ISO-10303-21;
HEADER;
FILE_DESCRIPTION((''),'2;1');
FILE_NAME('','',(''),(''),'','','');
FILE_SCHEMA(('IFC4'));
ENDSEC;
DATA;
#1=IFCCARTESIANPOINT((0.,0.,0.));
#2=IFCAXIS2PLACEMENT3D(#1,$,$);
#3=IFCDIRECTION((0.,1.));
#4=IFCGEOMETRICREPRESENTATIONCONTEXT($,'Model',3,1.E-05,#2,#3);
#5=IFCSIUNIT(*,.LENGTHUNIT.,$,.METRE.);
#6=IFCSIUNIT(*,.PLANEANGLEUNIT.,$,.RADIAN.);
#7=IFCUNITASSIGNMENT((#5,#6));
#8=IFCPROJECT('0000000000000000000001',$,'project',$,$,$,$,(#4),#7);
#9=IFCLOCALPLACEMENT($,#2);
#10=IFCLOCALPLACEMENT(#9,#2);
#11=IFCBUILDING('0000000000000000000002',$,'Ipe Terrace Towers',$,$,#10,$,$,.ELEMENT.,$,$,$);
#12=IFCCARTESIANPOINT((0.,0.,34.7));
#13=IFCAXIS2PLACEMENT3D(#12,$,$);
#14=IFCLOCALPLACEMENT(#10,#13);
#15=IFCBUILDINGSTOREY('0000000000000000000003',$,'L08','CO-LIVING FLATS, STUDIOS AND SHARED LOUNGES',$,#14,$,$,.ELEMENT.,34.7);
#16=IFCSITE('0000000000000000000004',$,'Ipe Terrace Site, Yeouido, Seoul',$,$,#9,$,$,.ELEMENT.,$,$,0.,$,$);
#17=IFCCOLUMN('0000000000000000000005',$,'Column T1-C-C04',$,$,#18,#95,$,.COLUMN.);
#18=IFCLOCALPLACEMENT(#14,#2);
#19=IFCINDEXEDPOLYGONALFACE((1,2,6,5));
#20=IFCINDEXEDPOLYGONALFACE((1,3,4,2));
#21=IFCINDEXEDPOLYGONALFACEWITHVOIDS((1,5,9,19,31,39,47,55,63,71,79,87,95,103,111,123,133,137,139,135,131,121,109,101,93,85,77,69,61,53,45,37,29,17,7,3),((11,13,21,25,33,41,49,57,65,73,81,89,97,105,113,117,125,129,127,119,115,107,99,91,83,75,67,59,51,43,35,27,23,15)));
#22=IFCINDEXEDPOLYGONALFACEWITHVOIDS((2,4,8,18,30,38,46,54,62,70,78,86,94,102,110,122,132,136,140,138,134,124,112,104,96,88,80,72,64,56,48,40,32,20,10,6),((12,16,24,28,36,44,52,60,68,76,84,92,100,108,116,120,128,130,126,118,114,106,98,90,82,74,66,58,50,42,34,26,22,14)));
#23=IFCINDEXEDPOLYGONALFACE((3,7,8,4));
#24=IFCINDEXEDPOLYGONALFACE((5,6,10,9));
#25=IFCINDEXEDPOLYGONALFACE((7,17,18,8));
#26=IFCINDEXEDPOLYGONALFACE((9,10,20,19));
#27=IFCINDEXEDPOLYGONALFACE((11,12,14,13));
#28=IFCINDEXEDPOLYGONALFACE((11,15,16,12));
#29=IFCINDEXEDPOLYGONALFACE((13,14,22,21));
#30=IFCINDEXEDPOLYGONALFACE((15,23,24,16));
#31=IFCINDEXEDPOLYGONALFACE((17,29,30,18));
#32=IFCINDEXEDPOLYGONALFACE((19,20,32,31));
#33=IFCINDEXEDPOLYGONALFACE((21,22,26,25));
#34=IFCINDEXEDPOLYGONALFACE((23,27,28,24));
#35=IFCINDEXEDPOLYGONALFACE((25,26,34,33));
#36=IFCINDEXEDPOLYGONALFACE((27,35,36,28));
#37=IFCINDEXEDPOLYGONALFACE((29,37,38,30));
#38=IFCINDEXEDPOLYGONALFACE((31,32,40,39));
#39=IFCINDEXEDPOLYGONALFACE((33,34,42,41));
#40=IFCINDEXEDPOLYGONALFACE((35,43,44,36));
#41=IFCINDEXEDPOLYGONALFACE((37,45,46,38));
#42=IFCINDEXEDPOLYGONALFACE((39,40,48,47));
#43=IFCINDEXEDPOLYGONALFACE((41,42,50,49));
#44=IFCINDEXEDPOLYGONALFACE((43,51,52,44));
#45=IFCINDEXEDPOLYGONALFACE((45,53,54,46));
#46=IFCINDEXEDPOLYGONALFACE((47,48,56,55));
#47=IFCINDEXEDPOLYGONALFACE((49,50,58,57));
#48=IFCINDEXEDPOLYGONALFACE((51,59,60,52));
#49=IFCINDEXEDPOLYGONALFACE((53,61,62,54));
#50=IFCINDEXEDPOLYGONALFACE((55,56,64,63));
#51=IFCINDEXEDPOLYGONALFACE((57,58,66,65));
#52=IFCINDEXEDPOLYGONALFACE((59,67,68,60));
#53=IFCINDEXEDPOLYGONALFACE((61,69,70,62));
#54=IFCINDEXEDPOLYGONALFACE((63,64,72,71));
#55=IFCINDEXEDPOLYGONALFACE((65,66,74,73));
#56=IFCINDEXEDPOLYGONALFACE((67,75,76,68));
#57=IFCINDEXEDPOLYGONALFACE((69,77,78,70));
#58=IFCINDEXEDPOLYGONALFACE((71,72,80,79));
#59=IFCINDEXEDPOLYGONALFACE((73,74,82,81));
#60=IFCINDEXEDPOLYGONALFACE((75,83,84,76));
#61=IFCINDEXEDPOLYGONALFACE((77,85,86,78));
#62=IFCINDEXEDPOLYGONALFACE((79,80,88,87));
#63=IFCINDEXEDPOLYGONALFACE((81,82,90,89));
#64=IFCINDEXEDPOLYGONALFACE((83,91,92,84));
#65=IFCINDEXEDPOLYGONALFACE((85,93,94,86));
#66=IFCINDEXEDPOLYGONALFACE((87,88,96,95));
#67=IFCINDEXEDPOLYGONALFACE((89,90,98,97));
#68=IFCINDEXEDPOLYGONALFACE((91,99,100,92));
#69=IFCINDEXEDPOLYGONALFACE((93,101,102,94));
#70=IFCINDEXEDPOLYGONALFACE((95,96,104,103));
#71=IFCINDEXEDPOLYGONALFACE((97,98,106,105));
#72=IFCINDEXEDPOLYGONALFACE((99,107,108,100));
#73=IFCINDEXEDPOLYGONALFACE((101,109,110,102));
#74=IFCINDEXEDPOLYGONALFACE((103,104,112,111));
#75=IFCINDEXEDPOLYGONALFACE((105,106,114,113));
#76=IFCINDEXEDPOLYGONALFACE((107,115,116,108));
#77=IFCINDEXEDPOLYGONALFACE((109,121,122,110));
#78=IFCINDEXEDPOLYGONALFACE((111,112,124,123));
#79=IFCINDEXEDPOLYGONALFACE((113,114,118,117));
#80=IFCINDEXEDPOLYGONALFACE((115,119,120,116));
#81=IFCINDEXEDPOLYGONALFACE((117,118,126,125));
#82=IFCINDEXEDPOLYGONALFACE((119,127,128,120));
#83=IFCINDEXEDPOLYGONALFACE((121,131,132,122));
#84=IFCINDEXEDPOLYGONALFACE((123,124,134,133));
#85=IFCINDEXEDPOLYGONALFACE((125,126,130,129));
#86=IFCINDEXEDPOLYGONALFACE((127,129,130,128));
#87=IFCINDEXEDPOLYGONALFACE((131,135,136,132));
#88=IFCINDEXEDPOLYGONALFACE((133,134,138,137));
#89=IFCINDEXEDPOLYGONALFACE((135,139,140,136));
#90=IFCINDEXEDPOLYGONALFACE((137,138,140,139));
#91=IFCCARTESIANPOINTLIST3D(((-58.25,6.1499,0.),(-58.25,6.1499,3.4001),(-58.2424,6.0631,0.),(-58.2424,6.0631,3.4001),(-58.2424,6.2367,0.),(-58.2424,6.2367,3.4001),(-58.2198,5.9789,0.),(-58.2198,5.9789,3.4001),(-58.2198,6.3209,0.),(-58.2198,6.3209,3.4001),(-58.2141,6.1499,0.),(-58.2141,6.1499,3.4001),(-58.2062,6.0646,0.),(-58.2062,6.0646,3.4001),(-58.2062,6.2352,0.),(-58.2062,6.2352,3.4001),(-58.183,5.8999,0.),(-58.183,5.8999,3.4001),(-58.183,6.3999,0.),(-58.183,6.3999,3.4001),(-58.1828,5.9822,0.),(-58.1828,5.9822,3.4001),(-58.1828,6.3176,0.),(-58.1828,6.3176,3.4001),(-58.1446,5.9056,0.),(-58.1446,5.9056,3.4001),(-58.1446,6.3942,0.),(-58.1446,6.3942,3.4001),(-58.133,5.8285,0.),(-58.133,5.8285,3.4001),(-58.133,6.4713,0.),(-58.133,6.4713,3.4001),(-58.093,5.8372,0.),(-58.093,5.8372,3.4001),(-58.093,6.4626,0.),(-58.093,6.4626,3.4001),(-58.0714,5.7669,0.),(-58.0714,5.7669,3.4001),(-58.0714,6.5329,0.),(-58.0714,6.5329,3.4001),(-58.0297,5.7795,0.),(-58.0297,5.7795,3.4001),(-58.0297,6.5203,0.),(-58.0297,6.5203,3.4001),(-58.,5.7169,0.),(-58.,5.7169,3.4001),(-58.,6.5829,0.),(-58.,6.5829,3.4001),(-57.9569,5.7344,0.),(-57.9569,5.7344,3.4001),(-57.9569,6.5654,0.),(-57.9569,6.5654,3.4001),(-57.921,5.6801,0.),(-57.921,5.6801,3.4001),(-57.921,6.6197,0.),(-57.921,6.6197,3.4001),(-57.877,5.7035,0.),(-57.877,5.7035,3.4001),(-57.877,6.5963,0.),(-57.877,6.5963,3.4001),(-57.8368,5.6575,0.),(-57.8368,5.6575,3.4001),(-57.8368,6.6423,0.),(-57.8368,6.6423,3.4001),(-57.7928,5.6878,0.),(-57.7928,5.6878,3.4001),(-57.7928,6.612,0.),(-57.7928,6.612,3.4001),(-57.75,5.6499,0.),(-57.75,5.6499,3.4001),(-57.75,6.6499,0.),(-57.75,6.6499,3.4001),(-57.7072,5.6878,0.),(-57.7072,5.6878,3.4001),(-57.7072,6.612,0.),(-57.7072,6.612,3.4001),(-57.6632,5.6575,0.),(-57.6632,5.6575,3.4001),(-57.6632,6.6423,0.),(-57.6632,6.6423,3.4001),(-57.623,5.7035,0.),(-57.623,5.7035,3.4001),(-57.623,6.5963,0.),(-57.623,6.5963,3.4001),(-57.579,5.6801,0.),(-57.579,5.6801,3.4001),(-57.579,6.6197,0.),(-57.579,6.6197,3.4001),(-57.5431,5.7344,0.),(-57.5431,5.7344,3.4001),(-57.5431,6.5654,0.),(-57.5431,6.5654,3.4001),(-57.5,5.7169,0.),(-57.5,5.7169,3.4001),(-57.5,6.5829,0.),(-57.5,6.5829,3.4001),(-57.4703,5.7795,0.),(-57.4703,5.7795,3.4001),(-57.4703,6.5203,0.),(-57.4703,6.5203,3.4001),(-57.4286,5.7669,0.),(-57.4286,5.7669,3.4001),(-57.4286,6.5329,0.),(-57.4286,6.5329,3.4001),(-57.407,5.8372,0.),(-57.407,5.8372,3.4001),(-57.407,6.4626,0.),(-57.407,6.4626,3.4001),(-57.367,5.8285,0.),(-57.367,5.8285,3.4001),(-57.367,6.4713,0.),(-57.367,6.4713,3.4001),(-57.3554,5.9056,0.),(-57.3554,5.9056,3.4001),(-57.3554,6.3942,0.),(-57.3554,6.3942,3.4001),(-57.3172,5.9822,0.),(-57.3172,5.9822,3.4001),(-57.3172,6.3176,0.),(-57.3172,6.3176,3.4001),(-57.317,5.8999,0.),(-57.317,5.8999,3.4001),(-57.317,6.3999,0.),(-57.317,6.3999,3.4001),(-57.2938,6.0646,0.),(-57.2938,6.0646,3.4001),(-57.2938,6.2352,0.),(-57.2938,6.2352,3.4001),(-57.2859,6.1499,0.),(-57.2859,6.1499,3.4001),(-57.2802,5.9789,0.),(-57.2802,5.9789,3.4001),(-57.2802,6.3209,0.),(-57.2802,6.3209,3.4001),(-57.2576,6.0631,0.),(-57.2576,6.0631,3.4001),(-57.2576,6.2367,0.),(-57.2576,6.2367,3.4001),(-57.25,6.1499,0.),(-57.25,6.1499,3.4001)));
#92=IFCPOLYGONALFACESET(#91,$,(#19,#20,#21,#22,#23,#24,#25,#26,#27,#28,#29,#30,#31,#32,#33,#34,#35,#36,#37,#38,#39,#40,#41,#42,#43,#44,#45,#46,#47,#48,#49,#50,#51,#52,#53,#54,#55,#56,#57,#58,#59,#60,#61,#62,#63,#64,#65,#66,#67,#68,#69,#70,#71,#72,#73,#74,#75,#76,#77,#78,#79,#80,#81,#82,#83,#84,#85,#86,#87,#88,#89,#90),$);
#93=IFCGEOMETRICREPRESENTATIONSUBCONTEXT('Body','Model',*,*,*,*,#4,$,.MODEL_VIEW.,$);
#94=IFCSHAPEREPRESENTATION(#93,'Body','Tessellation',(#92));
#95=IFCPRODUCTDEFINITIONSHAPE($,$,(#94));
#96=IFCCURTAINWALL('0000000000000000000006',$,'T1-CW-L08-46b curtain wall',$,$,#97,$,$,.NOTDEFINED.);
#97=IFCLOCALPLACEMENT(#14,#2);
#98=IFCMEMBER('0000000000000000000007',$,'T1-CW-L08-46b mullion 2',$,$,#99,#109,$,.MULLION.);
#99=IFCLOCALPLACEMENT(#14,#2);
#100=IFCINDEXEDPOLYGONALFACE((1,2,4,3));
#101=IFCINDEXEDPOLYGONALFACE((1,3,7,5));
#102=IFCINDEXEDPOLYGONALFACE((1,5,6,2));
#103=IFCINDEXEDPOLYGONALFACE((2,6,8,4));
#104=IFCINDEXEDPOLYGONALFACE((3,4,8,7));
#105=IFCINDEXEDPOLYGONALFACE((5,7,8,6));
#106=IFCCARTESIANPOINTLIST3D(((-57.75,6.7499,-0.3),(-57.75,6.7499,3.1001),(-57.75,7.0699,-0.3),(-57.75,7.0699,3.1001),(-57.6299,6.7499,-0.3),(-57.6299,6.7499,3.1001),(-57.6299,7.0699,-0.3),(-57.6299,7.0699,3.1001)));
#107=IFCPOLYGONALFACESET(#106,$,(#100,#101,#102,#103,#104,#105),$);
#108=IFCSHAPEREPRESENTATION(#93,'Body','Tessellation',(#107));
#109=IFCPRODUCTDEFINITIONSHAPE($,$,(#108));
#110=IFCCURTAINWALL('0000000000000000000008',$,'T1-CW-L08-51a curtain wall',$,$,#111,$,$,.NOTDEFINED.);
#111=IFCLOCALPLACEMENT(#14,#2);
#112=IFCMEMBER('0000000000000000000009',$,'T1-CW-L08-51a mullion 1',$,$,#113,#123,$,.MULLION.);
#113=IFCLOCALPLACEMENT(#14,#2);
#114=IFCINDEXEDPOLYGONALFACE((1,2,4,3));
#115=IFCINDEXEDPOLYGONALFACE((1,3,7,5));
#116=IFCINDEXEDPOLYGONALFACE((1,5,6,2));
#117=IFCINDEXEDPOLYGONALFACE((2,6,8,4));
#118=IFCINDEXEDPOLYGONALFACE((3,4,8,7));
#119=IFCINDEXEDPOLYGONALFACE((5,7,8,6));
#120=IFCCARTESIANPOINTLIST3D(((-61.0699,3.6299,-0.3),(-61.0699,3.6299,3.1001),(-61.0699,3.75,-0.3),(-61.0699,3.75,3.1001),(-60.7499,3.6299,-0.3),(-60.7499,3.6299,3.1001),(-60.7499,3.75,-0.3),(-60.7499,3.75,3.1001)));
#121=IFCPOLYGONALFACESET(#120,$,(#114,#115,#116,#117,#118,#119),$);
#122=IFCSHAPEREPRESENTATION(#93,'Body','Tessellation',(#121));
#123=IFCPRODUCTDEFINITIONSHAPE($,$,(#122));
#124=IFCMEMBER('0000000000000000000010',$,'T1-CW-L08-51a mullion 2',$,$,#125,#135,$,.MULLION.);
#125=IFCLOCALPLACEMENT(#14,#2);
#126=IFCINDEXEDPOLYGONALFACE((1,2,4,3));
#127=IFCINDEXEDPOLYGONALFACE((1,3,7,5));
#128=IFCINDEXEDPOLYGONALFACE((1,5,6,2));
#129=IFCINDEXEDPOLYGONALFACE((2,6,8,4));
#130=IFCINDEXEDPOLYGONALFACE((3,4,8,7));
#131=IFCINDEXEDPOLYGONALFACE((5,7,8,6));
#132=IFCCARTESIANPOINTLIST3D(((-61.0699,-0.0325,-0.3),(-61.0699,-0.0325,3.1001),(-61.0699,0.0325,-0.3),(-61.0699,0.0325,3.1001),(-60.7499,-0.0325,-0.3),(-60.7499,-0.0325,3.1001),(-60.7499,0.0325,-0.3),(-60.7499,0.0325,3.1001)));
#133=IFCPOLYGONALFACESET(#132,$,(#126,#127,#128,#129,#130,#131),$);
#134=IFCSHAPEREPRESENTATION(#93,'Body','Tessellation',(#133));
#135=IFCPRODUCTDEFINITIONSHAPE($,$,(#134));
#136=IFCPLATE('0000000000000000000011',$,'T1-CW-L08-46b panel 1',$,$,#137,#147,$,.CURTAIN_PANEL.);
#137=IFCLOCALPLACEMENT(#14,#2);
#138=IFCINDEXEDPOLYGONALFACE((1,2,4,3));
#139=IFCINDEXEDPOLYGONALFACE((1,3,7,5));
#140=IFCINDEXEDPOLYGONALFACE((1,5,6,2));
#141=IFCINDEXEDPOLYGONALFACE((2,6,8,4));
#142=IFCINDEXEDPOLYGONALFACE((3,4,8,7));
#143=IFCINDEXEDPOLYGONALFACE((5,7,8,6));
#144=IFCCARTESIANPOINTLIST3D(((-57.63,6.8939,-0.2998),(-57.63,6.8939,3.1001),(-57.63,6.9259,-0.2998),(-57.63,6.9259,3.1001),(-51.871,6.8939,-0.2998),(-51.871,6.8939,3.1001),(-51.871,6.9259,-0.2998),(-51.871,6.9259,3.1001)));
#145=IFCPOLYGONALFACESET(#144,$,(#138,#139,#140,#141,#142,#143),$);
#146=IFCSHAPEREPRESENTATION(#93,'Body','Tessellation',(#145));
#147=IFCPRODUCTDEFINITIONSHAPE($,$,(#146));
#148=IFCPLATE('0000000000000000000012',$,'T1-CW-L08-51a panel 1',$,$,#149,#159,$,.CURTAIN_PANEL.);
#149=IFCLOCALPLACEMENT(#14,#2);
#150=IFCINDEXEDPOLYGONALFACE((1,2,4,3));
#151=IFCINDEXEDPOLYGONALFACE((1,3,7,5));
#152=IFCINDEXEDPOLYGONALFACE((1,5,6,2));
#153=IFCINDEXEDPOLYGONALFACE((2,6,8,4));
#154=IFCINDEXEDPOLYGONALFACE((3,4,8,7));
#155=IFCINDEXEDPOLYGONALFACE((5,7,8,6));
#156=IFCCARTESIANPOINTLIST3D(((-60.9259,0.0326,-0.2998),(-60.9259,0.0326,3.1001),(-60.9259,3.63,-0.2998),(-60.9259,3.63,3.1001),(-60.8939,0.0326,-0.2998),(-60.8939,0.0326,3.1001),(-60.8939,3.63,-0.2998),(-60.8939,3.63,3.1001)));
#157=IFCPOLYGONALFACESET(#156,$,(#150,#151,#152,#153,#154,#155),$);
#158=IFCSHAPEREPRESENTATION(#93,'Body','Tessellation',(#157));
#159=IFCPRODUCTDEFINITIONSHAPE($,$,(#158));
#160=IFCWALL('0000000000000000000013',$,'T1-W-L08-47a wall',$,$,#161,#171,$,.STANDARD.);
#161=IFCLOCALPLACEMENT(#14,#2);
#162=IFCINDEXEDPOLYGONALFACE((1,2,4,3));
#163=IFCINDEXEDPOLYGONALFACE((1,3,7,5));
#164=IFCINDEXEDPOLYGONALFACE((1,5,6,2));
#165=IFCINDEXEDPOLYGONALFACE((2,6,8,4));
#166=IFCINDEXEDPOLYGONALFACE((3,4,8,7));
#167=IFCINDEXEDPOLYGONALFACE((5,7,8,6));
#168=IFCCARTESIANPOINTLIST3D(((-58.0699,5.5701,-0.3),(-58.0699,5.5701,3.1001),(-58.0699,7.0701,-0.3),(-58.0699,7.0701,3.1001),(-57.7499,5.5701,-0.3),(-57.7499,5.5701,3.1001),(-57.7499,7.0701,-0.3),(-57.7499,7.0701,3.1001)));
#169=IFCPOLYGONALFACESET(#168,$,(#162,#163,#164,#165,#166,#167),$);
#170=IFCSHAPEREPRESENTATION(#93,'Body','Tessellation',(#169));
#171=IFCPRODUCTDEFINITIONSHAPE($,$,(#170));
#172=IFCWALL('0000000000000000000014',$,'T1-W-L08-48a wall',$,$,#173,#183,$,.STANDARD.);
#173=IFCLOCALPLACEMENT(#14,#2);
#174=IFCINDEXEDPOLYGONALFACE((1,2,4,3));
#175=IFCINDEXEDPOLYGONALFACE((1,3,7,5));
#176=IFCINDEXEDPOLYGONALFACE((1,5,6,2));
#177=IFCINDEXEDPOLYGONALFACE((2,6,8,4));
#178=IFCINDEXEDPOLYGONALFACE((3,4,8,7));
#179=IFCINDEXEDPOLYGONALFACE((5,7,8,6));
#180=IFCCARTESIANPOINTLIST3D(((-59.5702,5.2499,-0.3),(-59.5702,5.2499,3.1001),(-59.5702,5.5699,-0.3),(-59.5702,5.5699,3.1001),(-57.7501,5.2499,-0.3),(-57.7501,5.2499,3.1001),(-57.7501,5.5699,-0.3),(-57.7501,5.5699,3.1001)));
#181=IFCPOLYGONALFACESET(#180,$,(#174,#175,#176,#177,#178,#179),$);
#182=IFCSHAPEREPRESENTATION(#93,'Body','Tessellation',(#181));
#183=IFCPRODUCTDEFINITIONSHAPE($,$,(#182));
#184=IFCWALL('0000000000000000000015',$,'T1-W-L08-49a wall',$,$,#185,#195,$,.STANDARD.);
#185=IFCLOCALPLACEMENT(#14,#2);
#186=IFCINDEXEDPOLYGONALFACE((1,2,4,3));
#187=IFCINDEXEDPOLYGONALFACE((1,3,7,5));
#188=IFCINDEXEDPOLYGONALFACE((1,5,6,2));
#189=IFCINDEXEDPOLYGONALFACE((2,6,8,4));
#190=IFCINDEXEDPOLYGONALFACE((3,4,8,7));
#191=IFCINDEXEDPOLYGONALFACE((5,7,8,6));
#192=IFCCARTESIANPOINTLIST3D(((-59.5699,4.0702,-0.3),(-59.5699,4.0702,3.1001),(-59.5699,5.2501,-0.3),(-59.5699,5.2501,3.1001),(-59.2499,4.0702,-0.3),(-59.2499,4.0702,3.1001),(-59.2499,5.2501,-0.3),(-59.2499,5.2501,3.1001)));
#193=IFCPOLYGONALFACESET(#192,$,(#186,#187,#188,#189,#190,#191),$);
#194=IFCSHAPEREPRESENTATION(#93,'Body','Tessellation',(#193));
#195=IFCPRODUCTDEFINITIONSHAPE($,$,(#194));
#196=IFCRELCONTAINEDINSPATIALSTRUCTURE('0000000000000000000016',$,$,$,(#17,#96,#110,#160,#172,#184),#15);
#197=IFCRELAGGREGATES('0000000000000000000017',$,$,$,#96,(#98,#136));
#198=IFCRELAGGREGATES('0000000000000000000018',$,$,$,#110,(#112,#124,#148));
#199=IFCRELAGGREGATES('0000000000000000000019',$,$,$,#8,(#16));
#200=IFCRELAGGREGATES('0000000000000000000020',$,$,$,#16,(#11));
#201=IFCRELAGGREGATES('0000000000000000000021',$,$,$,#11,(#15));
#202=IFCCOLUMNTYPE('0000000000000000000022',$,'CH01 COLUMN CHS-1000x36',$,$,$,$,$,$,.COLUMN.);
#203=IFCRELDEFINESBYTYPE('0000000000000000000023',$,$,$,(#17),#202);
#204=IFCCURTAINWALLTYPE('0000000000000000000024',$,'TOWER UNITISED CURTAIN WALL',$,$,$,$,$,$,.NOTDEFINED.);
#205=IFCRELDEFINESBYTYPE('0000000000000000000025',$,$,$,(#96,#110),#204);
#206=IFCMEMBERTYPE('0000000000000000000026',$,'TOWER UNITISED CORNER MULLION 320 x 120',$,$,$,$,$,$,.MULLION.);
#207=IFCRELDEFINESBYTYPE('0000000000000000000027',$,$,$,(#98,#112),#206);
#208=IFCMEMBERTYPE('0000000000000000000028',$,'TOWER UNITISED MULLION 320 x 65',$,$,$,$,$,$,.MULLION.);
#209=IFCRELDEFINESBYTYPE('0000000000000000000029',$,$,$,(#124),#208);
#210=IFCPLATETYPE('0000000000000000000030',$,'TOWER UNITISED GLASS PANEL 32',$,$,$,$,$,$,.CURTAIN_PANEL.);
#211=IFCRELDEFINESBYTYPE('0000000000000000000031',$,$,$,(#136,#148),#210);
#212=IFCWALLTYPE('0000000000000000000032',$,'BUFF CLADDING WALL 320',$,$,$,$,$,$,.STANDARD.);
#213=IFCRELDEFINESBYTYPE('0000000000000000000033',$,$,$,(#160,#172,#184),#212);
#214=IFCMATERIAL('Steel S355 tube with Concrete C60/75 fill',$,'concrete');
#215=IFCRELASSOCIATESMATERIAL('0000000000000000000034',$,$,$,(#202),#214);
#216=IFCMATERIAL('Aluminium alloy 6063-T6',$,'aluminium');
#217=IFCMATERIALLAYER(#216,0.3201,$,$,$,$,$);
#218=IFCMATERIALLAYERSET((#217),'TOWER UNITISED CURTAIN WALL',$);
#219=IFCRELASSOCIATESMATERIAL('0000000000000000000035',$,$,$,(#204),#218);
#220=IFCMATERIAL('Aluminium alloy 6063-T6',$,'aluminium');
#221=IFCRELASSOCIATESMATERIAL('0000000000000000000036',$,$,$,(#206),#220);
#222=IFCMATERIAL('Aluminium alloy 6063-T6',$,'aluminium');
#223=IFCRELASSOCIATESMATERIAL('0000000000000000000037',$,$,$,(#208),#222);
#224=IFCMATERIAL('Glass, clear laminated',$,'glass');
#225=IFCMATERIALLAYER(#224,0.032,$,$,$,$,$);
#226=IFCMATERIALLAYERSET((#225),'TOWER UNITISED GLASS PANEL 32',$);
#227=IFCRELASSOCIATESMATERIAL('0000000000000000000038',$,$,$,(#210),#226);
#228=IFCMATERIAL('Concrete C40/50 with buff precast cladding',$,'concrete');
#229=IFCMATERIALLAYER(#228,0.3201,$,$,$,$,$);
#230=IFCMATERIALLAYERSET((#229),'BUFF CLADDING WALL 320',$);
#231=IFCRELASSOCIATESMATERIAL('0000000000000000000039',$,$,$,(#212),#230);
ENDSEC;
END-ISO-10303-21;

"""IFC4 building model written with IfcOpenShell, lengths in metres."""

from ifc_helpers import new_model, si_unit, direction, frame, frame_2d, origin, origin_2d, place, context, subcontext, project, spatial, rectangle, hollow_circle, extrude, material, layer, layer_set, material_profile, profile_set, type_object, element, aggregate, save


model = new_model("IFC4")

# Units and contexts
model_context = context("Model", 3, precision=1e-05, world=origin(), true_north=direction((0.0, 1.0)))
body_context = subcontext(model_context, "Body", "Model", "MODEL_VIEW")
ifc_project = project(units=[si_unit("LENGTHUNIT", "METRE"), si_unit("PLANEANGLEUNIT", "RADIAN")], contexts=[model_context])

# Site, building, storey
site_placement = place(None, origin())
site = spatial("IfcSite", under=ifc_project, at=site_placement, Name="Ipe Terrace Site, Yeouido, Seoul", CompositionType="ELEMENT", RefElevation=0.0)
building_placement = place(site_placement, origin())
building = spatial("IfcBuilding", under=site, at=building_placement, Name="Ipe Terrace Towers", CompositionType="ELEMENT")
storey_placement = place(building_placement, frame((0.0, 0.0, 34.7)))
storey = spatial("IfcBuildingStorey", under=building, at=storey_placement, Name="L08", Description="CO-LIVING FLATS, STUDIOS AND SHARED LOUNGES", CompositionType="ELEMENT", Elevation=34.7)

# Column
ifc_material_1 = material(Name="Steel S355 tube with Concrete C60/75 fill", Category="concrete")
ifc_material_profile_1 = material_profile(ifc_material_1, hollow_circle(Radius=0.5, WallThickness=0.0359, at=origin_2d()), Name="CHS-1000x36")
ifc_profile_set_1 = profile_set([ifc_material_profile_1], Name="Steel S355 tube with Concrete C60/75 fill")
column_type = type_object("IfcColumnType", Name="CH01 COLUMN CHS-1000x36", PredefinedType="COLUMN", material=ifc_profile_set_1)
column_placement = place(storey_placement, frame((-57.75, 6.1499, 0.0), z_axis=(0.0, 0.0, 1.0), x_axis=(1.0, 0.0, 0.0)))
element("IfcColumn", 1, at=column_placement, inside=storey, type_object=column_type, Name="Column T1-C-C04", PredefinedType="COLUMN", context=body_context, shape_type="SweptSolid", body=[
    extrude(hollow_circle(Radius=0.5, WallThickness=0.0359, at=origin_2d()), origin(), (0.0, 0.0, 1.0), 3.4001),
])

# Curtain wall, member
ifc_material_2 = material(Name="Aluminium alloy 6063-T6", Category="aluminium")
ifc_layer_1 = layer(ifc_material_2, 0.3201)
ifc_layer_set_1 = layer_set([ifc_layer_1], Name="TOWER UNITISED CURTAIN WALL")
curtain_wall_type = type_object("IfcCurtainWallType", Name="TOWER UNITISED CURTAIN WALL", PredefinedType="NOTDEFINED", material=ifc_layer_set_1)
curtain_wall_1_placement = place(storey_placement, origin())
curtain_wall_1 = element("IfcCurtainWall", 2, at=curtain_wall_1_placement, inside=storey, type_object=curtain_wall_type, Name="T1-CW-L08-46b curtain wall", PredefinedType="NOTDEFINED")
ifc_material_3 = material(Name="Aluminium alloy 6063-T6", Category="aluminium")
ifc_material_profile_2 = material_profile(ifc_material_3, rectangle(XDim=0.3201, YDim=0.1201, at=origin_2d()), Name="TOWER UNITISED CORNER MULLION 320 x 120")
ifc_profile_set_2 = profile_set([ifc_material_profile_2], Name="Aluminium alloy 6063-T6")
member_type_1 = type_object("IfcMemberType", Name="TOWER UNITISED CORNER MULLION 320 x 120", PredefinedType="MULLION", material=ifc_profile_set_2)
member_1_placement = place(storey_placement, frame((-57.6899, 6.9099, -0.3), z_axis=(0.0, 0.0, 1.0), x_axis=(0.0, 1.0, 0.0)))
member_1 = element("IfcMember", 3, at=member_1_placement, type_object=member_type_1, Name="T1-CW-L08-46b mullion 2", PredefinedType="MULLION", context=body_context, shape_type="SweptSolid", body=[
    extrude(rectangle(XDim=0.3201, YDim=0.1201, at=origin_2d()), origin(), (0.0, 0.0, 1.0), 3.4001),
])

# Curtain wall, members
curtain_wall_2_placement = place(storey_placement, origin())
curtain_wall_2 = element("IfcCurtainWall", 4, at=curtain_wall_2_placement, inside=storey, type_object=curtain_wall_type, Name="T1-CW-L08-51a curtain wall", PredefinedType="NOTDEFINED")
member_2_placement = place(storey_placement, frame((-60.9099, 3.6899, -0.3), z_axis=(0.0, 0.0, 1.0), x_axis=(-1.0, 0.0, 0.0)))
member_2 = element("IfcMember", 5, at=member_2_placement, type_object=member_type_1, Name="T1-CW-L08-51a mullion 1", PredefinedType="MULLION", context=body_context, shape_type="SweptSolid", body=[
    extrude(rectangle(XDim=0.3201, YDim=0.1201, at=origin_2d()), origin(), (0.0, 0.0, 1.0), 3.4001),
])
ifc_material_4 = material(Name="Aluminium alloy 6063-T6", Category="aluminium")
ifc_material_profile_3 = material_profile(ifc_material_4, rectangle(XDim=0.3201, YDim=0.0649, at=origin_2d()), Name="TOWER UNITISED MULLION 320 x 65")
ifc_profile_set_3 = profile_set([ifc_material_profile_3], Name="Aluminium alloy 6063-T6")
member_type_2 = type_object("IfcMemberType", Name="TOWER UNITISED MULLION 320 x 65", PredefinedType="MULLION", material=ifc_profile_set_3)
member_3_placement = place(storey_placement, frame((-60.9099, 0.0, -0.3), z_axis=(0.0, 0.0, 1.0), x_axis=(-1.0, 0.0, 0.0)))
member_3 = element("IfcMember", 6, at=member_3_placement, type_object=member_type_2, Name="T1-CW-L08-51a mullion 2", PredefinedType="MULLION", context=body_context, shape_type="SweptSolid", body=[
    extrude(rectangle(XDim=0.3201, YDim=0.0649, at=origin_2d()), origin(), (0.0, 0.0, 1.0), 3.4001),
])

# Plates
ifc_material_5 = material(Name="Glass, clear laminated", Category="glass")
ifc_layer_2 = layer(ifc_material_5, 0.032)
ifc_layer_set_2 = layer_set([ifc_layer_2], Name="TOWER UNITISED GLASS PANEL 32")
plate_type = type_object("IfcPlateType", Name="TOWER UNITISED GLASS PANEL 32", PredefinedType="CURTAIN_PANEL", material=ifc_layer_set_2)
plate_1_placement = place(storey_placement, frame((-54.7505, 6.9099, -0.2998), z_axis=(0.0, 0.0, 1.0), x_axis=(-1.0, 0.0, 0.0)))
plate_1 = element("IfcPlate", 7, at=plate_1_placement, type_object=plate_type, Name="T1-CW-L08-46b panel 1", PredefinedType="CURTAIN_PANEL", context=body_context, shape_type="SweptSolid", body=[
    extrude(rectangle(XDim=5.759, YDim=0.032, at=origin_2d()), origin(), (0.0, 0.0, 1.0), 3.3999),
])
aggregate(curtain_wall_1, [member_1, plate_1])
plate_2_placement = place(storey_placement, frame((-60.9099, 1.8313, -0.2998), z_axis=(0.0, 0.0, 1.0), x_axis=(0.0, -1.0, 0.0)))
plate_2 = element("IfcPlate", 8, at=plate_2_placement, type_object=plate_type, Name="T1-CW-L08-51a panel 1", PredefinedType="CURTAIN_PANEL", context=body_context, shape_type="SweptSolid", body=[
    extrude(rectangle(XDim=3.5974, YDim=0.032, at=origin_2d()), origin(), (0.0, 0.0, 1.0), 3.3999),
])
aggregate(curtain_wall_2, [member_2, member_3, plate_2])

# Walls
ifc_material_6 = material(Name="Concrete C40/50 with buff precast cladding", Category="concrete")
ifc_layer_3 = layer(ifc_material_6, 0.3201)
ifc_layer_set_3 = layer_set([ifc_layer_3], Name="BUFF CLADDING WALL 320")
wall_type_1 = type_object("IfcWallType", Name="BUFF CLADDING WALL 320", PredefinedType="STANDARD", material=ifc_layer_set_3)
wall_1_placement = place(storey_placement, frame((-57.9099, 7.0701, -0.3), z_axis=(0.0, 0.0, 1.0), x_axis=(0.0, -1.0, 0.0)))
element("IfcWall", 9, at=wall_1_placement, inside=storey, type_object=wall_type_1, Name="T1-W-L08-47a wall", PredefinedType="STANDARD", context=body_context, shape_type="SweptSolid", body=[
    extrude(rectangle(XDim=1.5, YDim=0.3201, at=frame_2d((0.75, 0.0))), origin(), (0.0, 0.0, 1.0), 3.4001),
])
wall_2_placement = place(storey_placement, frame((-57.75, 5.4099, -0.3), z_axis=(0.0, 0.0, 1.0), x_axis=(-1.0, 0.0, 0.0)))
element("IfcWall", 10, at=wall_2_placement, inside=storey, type_object=wall_type_1, Name="T1-W-L08-48a wall", PredefinedType="STANDARD", context=body_context, shape_type="SweptSolid", body=[
    extrude(rectangle(XDim=1.8201, YDim=0.3201, at=frame_2d((0.9102, 0.0))), origin(), (0.0, 0.0, 1.0), 3.4001),
])
wall_3_placement = place(storey_placement, frame((-59.4099, 5.25, -0.3), z_axis=(0.0, 0.0, 1.0), x_axis=(0.0, -1.0, 0.0)))
element("IfcWall", 11, at=wall_3_placement, inside=storey, type_object=wall_type_1, Name="T1-W-L08-49a wall", PredefinedType="STANDARD", context=body_context, shape_type="SweptSolid", body=[
    extrude(rectangle(XDim=1.1799, YDim=0.3201, at=frame_2d((0.5898, 0.0))), origin(), (0.0, 0.0, 1.0), 3.4001),
])

save(model, "model.ifc")
